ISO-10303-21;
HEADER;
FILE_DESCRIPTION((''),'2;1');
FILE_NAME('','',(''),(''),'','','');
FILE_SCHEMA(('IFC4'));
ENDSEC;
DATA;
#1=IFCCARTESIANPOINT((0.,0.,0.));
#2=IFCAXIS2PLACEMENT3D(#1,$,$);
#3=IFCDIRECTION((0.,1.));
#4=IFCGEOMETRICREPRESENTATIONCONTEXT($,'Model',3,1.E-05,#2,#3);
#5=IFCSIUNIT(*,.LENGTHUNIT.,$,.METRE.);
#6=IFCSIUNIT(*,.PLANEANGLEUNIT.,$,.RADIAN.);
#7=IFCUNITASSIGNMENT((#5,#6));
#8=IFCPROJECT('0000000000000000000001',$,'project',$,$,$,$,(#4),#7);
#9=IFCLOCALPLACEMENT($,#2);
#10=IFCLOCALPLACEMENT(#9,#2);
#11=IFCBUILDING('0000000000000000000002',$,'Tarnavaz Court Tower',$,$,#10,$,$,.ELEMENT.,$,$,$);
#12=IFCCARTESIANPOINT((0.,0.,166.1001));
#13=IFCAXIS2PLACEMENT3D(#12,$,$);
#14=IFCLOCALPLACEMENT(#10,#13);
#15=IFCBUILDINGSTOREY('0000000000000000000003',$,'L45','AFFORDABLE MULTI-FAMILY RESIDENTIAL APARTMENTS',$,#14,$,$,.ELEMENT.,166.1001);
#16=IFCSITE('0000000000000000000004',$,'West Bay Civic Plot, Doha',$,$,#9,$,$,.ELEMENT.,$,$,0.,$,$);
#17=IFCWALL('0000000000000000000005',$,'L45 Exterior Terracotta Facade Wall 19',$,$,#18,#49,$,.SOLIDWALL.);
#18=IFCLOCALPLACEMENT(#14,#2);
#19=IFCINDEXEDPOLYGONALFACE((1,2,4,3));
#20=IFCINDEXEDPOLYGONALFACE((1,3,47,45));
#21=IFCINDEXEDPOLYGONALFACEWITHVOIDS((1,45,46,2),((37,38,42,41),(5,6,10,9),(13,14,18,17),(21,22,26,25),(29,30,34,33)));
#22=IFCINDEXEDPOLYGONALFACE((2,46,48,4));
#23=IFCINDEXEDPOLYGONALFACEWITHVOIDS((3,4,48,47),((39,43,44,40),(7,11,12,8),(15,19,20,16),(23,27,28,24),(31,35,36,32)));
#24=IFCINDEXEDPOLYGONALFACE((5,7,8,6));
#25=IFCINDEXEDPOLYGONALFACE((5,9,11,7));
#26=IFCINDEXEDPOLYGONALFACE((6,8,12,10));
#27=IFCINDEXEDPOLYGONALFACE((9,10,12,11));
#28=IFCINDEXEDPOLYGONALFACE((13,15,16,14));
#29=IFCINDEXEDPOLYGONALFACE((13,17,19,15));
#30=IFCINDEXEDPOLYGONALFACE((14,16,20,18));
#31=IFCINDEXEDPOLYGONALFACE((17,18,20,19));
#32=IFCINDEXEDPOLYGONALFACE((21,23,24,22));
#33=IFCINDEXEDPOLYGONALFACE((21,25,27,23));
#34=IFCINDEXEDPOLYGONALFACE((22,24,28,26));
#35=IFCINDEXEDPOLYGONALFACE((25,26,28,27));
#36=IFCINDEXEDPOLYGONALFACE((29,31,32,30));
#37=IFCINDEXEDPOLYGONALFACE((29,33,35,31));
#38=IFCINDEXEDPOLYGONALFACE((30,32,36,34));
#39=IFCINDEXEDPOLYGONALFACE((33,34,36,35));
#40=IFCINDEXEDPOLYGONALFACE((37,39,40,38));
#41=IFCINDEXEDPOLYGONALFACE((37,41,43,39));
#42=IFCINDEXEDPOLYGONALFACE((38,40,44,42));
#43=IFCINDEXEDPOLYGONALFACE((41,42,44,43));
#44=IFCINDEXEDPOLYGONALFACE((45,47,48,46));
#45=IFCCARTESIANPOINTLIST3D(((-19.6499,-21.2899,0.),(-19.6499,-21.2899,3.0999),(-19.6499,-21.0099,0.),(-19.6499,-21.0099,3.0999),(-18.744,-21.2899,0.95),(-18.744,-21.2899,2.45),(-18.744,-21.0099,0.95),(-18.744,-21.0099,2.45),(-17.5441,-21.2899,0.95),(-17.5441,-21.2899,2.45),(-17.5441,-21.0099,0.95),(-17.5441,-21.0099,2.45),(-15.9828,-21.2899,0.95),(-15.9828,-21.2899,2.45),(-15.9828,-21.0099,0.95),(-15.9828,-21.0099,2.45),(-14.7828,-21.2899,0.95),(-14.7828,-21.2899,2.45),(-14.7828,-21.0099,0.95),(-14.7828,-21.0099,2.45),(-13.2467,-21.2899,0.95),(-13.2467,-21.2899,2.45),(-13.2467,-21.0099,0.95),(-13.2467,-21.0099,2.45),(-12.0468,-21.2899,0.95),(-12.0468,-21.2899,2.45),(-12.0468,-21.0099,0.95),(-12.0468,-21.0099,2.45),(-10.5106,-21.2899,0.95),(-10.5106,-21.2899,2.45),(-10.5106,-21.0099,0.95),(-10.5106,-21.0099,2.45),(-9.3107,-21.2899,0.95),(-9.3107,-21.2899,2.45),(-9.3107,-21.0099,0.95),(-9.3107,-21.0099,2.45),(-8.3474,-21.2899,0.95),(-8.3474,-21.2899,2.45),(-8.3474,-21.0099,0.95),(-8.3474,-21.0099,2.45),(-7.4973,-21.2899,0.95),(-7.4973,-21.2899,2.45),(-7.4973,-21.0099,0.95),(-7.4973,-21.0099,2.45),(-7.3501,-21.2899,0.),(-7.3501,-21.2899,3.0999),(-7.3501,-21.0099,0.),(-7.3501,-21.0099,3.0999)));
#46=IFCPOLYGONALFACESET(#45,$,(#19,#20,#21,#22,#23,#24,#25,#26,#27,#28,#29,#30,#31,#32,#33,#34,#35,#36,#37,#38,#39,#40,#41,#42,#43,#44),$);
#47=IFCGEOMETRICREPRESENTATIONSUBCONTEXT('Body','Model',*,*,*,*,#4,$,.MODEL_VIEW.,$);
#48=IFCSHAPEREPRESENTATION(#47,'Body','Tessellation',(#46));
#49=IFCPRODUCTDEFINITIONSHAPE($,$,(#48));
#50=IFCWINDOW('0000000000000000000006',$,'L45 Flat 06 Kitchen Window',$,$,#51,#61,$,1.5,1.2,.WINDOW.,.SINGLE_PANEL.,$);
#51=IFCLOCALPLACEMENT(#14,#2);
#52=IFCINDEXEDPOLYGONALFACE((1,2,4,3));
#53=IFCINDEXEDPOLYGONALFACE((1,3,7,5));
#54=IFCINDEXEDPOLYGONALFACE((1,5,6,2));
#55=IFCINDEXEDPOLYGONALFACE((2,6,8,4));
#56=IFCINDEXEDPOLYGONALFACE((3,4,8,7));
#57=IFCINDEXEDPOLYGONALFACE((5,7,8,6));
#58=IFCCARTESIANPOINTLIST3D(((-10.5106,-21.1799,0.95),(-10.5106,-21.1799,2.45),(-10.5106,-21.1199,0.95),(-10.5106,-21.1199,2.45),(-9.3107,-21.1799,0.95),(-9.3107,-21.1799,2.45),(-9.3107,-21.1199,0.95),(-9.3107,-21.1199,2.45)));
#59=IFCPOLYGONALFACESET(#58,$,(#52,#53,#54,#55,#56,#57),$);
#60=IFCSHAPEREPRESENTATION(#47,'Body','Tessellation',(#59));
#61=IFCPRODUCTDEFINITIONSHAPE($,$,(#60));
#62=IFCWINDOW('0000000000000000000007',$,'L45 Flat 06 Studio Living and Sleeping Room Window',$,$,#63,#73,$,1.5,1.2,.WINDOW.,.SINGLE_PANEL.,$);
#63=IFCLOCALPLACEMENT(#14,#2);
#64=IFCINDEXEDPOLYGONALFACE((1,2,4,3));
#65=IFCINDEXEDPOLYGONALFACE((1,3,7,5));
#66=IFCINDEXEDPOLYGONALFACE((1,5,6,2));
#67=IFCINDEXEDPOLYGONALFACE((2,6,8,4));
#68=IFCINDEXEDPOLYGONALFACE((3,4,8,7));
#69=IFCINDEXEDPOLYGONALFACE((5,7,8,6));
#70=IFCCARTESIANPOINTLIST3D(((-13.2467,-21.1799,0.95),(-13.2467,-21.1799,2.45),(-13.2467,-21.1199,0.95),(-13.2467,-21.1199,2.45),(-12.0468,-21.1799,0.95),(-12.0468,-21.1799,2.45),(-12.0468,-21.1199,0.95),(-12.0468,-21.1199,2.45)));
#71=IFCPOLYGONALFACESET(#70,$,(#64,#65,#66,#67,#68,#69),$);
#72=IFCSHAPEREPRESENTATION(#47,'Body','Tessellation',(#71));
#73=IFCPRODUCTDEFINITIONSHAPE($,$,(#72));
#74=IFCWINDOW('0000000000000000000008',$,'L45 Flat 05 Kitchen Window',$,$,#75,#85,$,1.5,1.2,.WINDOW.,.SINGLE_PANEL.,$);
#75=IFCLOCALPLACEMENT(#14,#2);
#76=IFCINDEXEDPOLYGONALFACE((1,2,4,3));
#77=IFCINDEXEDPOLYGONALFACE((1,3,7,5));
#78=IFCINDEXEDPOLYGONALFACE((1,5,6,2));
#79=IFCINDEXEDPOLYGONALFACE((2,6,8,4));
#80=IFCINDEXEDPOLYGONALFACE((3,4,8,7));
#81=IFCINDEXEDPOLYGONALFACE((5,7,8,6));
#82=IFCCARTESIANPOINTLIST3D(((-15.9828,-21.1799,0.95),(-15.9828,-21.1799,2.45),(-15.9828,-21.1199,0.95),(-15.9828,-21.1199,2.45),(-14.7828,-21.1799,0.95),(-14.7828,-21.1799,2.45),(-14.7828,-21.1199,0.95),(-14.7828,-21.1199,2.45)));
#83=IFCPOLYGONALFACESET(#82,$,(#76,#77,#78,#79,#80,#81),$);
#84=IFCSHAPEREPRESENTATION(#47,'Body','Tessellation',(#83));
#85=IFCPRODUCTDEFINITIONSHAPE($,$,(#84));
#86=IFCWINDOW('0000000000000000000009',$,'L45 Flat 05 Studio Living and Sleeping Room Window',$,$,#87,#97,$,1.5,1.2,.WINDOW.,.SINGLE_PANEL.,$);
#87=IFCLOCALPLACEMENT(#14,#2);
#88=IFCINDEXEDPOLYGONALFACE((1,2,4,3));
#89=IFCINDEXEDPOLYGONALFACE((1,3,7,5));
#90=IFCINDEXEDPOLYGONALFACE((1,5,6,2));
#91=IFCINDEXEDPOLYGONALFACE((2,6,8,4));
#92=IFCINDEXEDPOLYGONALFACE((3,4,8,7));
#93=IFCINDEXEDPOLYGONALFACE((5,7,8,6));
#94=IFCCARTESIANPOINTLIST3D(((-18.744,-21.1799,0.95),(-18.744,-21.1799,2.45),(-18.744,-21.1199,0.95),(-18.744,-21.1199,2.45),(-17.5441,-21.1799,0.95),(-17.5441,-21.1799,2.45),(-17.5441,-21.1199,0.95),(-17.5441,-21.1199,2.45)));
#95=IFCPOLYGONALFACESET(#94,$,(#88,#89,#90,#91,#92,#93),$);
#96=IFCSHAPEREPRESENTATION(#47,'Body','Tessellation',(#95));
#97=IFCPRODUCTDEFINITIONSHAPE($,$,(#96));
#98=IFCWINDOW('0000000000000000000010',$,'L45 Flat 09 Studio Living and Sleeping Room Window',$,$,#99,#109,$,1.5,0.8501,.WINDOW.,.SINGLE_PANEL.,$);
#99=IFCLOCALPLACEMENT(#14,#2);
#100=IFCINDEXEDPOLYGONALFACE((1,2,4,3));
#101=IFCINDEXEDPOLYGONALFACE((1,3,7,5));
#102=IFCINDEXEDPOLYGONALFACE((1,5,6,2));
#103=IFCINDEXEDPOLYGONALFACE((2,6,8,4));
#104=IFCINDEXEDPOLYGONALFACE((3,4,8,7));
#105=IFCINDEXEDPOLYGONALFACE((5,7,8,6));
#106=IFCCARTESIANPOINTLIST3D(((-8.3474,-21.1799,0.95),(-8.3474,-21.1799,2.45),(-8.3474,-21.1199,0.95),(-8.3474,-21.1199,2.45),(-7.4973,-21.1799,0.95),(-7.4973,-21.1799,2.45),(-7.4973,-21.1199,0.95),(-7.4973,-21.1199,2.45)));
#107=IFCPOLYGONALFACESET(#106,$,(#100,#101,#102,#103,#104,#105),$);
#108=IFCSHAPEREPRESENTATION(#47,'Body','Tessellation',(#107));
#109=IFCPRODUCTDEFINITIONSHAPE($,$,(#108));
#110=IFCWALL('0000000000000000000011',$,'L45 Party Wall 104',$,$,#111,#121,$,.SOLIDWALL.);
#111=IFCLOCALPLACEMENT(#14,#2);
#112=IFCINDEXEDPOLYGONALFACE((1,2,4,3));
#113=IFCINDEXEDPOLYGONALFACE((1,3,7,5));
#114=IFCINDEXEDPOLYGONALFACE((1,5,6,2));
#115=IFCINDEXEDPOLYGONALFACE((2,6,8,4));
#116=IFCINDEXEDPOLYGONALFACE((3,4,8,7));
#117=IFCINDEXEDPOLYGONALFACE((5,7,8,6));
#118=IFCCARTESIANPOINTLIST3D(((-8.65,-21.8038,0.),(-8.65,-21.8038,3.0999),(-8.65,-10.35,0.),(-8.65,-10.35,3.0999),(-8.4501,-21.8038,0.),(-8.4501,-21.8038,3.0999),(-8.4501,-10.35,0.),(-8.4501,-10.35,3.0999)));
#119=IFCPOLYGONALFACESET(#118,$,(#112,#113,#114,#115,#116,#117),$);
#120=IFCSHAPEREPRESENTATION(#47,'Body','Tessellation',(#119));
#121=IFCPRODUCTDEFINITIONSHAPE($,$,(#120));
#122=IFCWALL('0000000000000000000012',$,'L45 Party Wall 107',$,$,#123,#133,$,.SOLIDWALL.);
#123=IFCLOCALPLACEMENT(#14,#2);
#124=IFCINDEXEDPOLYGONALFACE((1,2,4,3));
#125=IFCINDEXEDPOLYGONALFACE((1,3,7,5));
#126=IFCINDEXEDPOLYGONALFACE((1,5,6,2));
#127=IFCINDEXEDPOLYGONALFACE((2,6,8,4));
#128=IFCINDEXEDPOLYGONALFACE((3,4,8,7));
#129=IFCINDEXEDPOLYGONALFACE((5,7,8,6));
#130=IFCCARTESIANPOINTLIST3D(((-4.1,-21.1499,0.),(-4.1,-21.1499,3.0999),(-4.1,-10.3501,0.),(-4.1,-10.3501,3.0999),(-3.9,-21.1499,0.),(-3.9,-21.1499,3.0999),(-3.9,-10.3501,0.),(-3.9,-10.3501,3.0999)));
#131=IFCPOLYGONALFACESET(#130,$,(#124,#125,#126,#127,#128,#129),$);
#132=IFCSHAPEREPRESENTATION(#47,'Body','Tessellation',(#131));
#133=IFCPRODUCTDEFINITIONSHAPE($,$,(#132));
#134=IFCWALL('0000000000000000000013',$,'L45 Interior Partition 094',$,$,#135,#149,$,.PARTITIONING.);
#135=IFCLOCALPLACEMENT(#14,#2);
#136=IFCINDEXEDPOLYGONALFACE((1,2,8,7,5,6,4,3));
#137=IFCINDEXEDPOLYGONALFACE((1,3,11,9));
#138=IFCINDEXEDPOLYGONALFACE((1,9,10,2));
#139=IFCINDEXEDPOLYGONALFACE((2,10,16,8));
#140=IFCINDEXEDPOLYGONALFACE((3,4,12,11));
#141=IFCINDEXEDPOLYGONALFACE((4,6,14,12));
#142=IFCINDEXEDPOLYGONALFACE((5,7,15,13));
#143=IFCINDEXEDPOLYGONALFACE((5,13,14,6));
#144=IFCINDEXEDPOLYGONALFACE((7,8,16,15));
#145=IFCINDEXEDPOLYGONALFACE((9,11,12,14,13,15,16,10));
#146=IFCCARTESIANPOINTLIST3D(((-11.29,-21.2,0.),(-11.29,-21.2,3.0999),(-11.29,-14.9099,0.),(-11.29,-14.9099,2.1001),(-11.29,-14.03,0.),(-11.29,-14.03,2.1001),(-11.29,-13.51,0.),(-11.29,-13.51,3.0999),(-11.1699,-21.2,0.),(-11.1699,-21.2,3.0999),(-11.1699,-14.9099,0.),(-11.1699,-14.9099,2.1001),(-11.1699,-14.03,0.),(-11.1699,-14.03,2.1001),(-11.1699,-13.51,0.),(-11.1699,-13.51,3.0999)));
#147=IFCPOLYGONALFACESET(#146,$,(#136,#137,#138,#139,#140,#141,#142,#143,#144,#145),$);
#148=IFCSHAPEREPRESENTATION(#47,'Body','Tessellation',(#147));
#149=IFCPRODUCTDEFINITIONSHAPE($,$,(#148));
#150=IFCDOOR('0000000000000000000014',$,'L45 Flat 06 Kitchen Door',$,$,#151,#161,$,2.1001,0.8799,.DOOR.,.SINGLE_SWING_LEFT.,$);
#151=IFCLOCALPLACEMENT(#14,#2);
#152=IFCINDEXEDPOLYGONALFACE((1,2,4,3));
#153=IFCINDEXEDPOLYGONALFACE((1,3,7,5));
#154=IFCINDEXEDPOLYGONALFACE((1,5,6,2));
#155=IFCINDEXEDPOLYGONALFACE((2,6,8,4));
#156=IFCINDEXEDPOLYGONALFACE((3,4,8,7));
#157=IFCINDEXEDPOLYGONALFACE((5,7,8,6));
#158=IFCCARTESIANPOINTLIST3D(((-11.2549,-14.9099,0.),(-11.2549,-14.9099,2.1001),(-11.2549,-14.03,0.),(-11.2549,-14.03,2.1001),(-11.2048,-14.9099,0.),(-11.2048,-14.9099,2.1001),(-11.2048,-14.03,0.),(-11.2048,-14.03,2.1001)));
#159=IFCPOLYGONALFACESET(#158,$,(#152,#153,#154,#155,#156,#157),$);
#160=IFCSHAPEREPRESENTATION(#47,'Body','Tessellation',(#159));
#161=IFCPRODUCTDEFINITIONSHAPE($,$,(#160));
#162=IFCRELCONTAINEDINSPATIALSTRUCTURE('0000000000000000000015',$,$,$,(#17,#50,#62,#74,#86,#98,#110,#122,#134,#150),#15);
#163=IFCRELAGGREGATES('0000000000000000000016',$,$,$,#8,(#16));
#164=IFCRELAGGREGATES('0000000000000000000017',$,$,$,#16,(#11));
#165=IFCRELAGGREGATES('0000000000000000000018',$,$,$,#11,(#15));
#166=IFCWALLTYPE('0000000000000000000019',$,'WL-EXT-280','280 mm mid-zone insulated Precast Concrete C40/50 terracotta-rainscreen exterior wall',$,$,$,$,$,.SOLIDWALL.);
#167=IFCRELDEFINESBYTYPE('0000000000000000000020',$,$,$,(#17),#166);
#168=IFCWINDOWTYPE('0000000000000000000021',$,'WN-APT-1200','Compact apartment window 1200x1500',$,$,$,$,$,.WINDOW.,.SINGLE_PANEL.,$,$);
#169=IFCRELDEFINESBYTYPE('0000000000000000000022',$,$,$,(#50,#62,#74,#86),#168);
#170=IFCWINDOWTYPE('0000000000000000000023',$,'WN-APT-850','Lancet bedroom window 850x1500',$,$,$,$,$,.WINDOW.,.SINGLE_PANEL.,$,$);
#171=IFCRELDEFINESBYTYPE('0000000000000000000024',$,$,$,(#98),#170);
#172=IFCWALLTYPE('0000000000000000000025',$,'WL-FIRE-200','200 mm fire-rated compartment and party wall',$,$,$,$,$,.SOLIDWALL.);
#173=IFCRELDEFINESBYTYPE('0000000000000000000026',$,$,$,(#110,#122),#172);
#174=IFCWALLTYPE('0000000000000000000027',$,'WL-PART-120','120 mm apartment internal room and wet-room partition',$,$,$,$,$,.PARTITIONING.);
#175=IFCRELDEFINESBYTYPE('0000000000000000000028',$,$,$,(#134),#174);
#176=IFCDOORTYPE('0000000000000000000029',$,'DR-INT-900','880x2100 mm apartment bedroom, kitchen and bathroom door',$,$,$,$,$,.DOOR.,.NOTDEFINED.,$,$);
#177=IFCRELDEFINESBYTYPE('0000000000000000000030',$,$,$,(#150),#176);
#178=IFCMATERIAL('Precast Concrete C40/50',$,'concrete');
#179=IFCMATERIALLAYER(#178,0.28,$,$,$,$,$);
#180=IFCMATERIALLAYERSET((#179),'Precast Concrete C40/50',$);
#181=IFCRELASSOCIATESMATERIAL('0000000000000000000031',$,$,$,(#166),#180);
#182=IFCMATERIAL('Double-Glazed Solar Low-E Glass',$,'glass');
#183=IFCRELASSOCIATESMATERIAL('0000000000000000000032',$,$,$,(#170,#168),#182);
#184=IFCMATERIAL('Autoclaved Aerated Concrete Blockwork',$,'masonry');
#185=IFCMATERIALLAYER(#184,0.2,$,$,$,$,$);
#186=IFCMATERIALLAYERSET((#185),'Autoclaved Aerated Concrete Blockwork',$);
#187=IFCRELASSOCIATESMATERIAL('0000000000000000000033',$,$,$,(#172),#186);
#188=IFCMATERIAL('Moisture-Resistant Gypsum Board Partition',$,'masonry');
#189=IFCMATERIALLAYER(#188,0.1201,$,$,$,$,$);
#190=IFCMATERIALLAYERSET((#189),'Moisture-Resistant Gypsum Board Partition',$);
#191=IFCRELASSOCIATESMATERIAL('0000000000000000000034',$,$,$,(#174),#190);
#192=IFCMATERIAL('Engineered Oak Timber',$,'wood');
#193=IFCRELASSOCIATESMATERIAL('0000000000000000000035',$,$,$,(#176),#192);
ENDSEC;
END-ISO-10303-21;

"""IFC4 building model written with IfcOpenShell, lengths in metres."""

from ifc_helpers import new_model, si_unit, direction, frame, frame_2d, origin, place, context, subcontext, project, spatial, rectangle, extrude, material, layer, layer_set, type_object, element, fill, save


model = new_model("IFC4")

# Units and contexts
model_context = context("Model", 3, precision=1e-05, world=origin(), true_north=direction((0.0, 1.0)))
body_context = subcontext(model_context, "Body", "Model", "MODEL_VIEW")
ifc_project = project(units=[si_unit("LENGTHUNIT", "METRE"), si_unit("PLANEANGLEUNIT", "RADIAN")], contexts=[model_context])

# Site, building, storey
site_placement = place(None, origin())
site = spatial("IfcSite", under=ifc_project, at=site_placement, Name="West Bay Civic Plot, Doha", CompositionType="ELEMENT", RefElevation=0.0)
building_placement = place(site_placement, origin())
building = spatial("IfcBuilding", under=site, at=building_placement, Name="Tarnavaz Court Tower", CompositionType="ELEMENT")
storey_placement = place(building_placement, frame((0.0, 0.0, 166.1001)))
storey = spatial("IfcBuildingStorey", under=building, at=storey_placement, Name="L45", Description="AFFORDABLE MULTI-FAMILY RESIDENTIAL APARTMENTS", CompositionType="ELEMENT", Elevation=166.1001)

# Shared definitions
ifc_material_1 = material(Name="Double-Glazed Solar Low-E Glass", Category="glass")

# Shared definitions
ifc_material_2 = material(Name="Precast Concrete C40/50", Category="concrete")
ifc_layer_1 = layer(ifc_material_2, 0.28)
ifc_layer_set_1 = layer_set([ifc_layer_1], Name="Precast Concrete C40/50")
wall_type_1 = type_object("IfcWallType", Name="WL-EXT-280", Description="280 mm mid-zone insulated Precast Concrete C40/50 terracotta-rainscreen exterior wall", PredefinedType="SOLIDWALL", material=ifc_layer_set_1)
window_type_1 = type_object("IfcWindowType", Name="WN-APT-850", Description="Lancet bedroom window 850x1500", PartitioningType="SINGLE_PANEL", PredefinedType="WINDOW", material=ifc_material_1)

# Wall, openings, windows
wall_1_placement = place(storey_placement, frame((-7.3501, -21.1499, 0.0), z_axis=(0.0, 0.0, 1.0), x_axis=(-1.0, 0.0, 0.0)))
wall_1 = element("IfcWall", 1, at=wall_1_placement, inside=storey, type_object=wall_type_1, Name="L45 Exterior Terracotta Facade Wall 19", PredefinedType="SOLIDWALL", context=body_context, shape_type="SweptSolid", body=[
    extrude(rectangle(XDim=12.2998, YDim=0.28, at=frame_2d((6.1499, 0.0))), origin(), (0.0, 0.0, 1.0), 3.0999),
])
opening_1_placement = place(wall_1_placement, frame((0.1472, 0.0, 0.95)))
opening_1 = element("IfcOpeningElement", 2, at=opening_1_placement, cuts=wall_1, PredefinedType="OPENING", context=body_context, shape_type="SweptSolid", body=[
    extrude(rectangle(XDim=0.8501, YDim=1.5, at=frame_2d((0.425, 0.75))), frame((0.0, 0.1499, 0.0), z_axis=(0.0, -1.0, 0.0), x_axis=(1.0, 0.0, 0.0)), (0.0, 0.0, 1.0), 0.3),
])
opening_2_placement = place(wall_1_placement, frame((1.9604, 0.0, 0.95)))
opening_2 = element("IfcOpeningElement", 3, at=opening_2_placement, cuts=wall_1, PredefinedType="OPENING", context=body_context, shape_type="SweptSolid", body=[
    extrude(rectangle(XDim=1.2, YDim=1.5, at=frame_2d((0.6001, 0.75))), frame((0.0, 0.1499, 0.0), z_axis=(0.0, -1.0, 0.0), x_axis=(1.0, 0.0, 0.0)), (0.0, 0.0, 1.0), 0.3),
])
opening_3_placement = place(wall_1_placement, frame((4.6965, 0.0, 0.95)))
opening_3 = element("IfcOpeningElement", 4, at=opening_3_placement, cuts=wall_1, PredefinedType="OPENING", context=body_context, shape_type="SweptSolid", body=[
    extrude(rectangle(XDim=1.2, YDim=1.5, at=frame_2d((0.6001, 0.75))), frame((0.0, 0.1499, 0.0), z_axis=(0.0, -1.0, 0.0), x_axis=(1.0, 0.0, 0.0)), (0.0, 0.0, 1.0), 0.3),
])
opening_4_placement = place(wall_1_placement, frame((7.4326, 0.0, 0.95)))
opening_4 = element("IfcOpeningElement", 5, at=opening_4_placement, cuts=wall_1, PredefinedType="OPENING", context=body_context, shape_type="SweptSolid", body=[
    extrude(rectangle(XDim=1.2, YDim=1.5, at=frame_2d((0.6001, 0.75))), frame((0.0, 0.1499, 0.0), z_axis=(0.0, -1.0, 0.0), x_axis=(1.0, 0.0, 0.0)), (0.0, 0.0, 1.0), 0.3),
])
opening_5_placement = place(wall_1_placement, frame((10.1938, 0.0, 0.95)))
opening_5 = element("IfcOpeningElement", 6, at=opening_5_placement, cuts=wall_1, PredefinedType="OPENING", context=body_context, shape_type="SweptSolid", body=[
    extrude(rectangle(XDim=1.2, YDim=1.5, at=frame_2d((0.6001, 0.75))), frame((0.0, 0.1499, 0.0), z_axis=(0.0, -1.0, 0.0), x_axis=(1.0, 0.0, 0.0)), (0.0, 0.0, 1.0), 0.3),
])
window_type_2 = type_object("IfcWindowType", Name="WN-APT-1200", Description="Compact apartment window 1200x1500", PartitioningType="SINGLE_PANEL", PredefinedType="WINDOW", material=ifc_material_1)
window_1_placement = place(opening_2_placement, origin())
window_1 = element("IfcWindow", 7, at=window_1_placement, inside=storey, type_object=window_type_2, Name="L45 Flat 06 Kitchen Window", OverallHeight=1.5, OverallWidth=1.2, PartitioningType="SINGLE_PANEL", PredefinedType="WINDOW", context=body_context, shape_type="SweptSolid", body=[
    extrude(rectangle(XDim=1.2, YDim=1.5, at=frame_2d((0.6001, 0.75))), frame((0.0, 0.03, 0.0), z_axis=(0.0, -1.0, 0.0), x_axis=(1.0, 0.0, 0.0)), (0.0, 0.0, 1.0), 0.0601),
])
fill(opening_2, window_1)
window_2_placement = place(opening_3_placement, origin())
window_2 = element("IfcWindow", 8, at=window_2_placement, inside=storey, type_object=window_type_2, Name="L45 Flat 06 Studio Living and Sleeping Room Window", OverallHeight=1.5, OverallWidth=1.2, PartitioningType="SINGLE_PANEL", PredefinedType="WINDOW", context=body_context, shape_type="SweptSolid", body=[
    extrude(rectangle(XDim=1.2, YDim=1.5, at=frame_2d((0.6001, 0.75))), frame((0.0, 0.03, 0.0), z_axis=(0.0, -1.0, 0.0), x_axis=(1.0, 0.0, 0.0)), (0.0, 0.0, 1.0), 0.0601),
])
fill(opening_3, window_2)
window_3_placement = place(opening_4_placement, origin())
window_3 = element("IfcWindow", 9, at=window_3_placement, inside=storey, type_object=window_type_2, Name="L45 Flat 05 Kitchen Window", OverallHeight=1.5, OverallWidth=1.2, PartitioningType="SINGLE_PANEL", PredefinedType="WINDOW", context=body_context, shape_type="SweptSolid", body=[
    extrude(rectangle(XDim=1.2, YDim=1.5, at=frame_2d((0.6001, 0.75))), frame((0.0, 0.03, 0.0), z_axis=(0.0, -1.0, 0.0), x_axis=(1.0, 0.0, 0.0)), (0.0, 0.0, 1.0), 0.0601),
])
fill(opening_4, window_3)
window_4_placement = place(opening_5_placement, origin())
window_4 = element("IfcWindow", 10, at=window_4_placement, inside=storey, type_object=window_type_2, Name="L45 Flat 05 Studio Living and Sleeping Room Window", OverallHeight=1.5, OverallWidth=1.2, PartitioningType="SINGLE_PANEL", PredefinedType="WINDOW", context=body_context, shape_type="SweptSolid", body=[
    extrude(rectangle(XDim=1.2, YDim=1.5, at=frame_2d((0.6001, 0.75))), frame((0.0, 0.03, 0.0), z_axis=(0.0, -1.0, 0.0), x_axis=(1.0, 0.0, 0.0)), (0.0, 0.0, 1.0), 0.0601),
])
fill(opening_5, window_4)
window_5_placement = place(opening_1_placement, origin())
window_5 = element("IfcWindow", 11, at=window_5_placement, inside=storey, type_object=window_type_1, Name="L45 Flat 09 Studio Living and Sleeping Room Window", OverallHeight=1.5, OverallWidth=0.8501, PartitioningType="SINGLE_PANEL", PredefinedType="WINDOW", context=body_context, shape_type="SweptSolid", body=[
    extrude(rectangle(XDim=0.8501, YDim=1.5, at=frame_2d((0.425, 0.75))), frame((0.0, 0.03, 0.0), z_axis=(0.0, -1.0, 0.0), x_axis=(1.0, 0.0, 0.0)), (0.0, 0.0, 1.0), 0.0601),
])
fill(opening_1, window_5)

# Walls
ifc_material_3 = material(Name="Autoclaved Aerated Concrete Blockwork", Category="masonry")
ifc_layer_2 = layer(ifc_material_3, 0.2)
ifc_layer_set_2 = layer_set([ifc_layer_2], Name="Autoclaved Aerated Concrete Blockwork")
wall_type_2 = type_object("IfcWallType", Name="WL-FIRE-200", Description="200 mm fire-rated compartment and party wall", PredefinedType="SOLIDWALL", material=ifc_layer_set_2)
wall_2_placement = place(storey_placement, frame((-8.55, -21.804, 0.0), z_axis=(0.0, 0.0, 1.0), x_axis=(0.0, 1.0, 0.0)))
element("IfcWall", 12, at=wall_2_placement, inside=storey, type_object=wall_type_2, Name="L45 Party Wall 104", PredefinedType="SOLIDWALL", context=body_context, shape_type="SweptSolid", body=[
    extrude(rectangle(XDim=11.4539, YDim=0.2, at=frame_2d((5.7271, 0.0))), origin(), (0.0, 0.0, 1.0), 3.0999),
])
wall_3_placement = place(storey_placement, frame((-4.0, -21.1499, 0.0), z_axis=(0.0, 0.0, 1.0), x_axis=(0.0, 1.0, 0.0)))
element("IfcWall", 13, at=wall_3_placement, inside=storey, type_object=wall_type_2, Name="L45 Party Wall 107", PredefinedType="SOLIDWALL", context=body_context, shape_type="SweptSolid", body=[
    extrude(rectangle(XDim=10.7998, YDim=0.2, at=frame_2d((5.3999, 0.0))), origin(), (0.0, 0.0, 1.0), 3.0999),
])

# Wall, opening, door
ifc_material_4 = material(Name="Moisture-Resistant Gypsum Board Partition", Category="masonry")
ifc_layer_3 = layer(ifc_material_4, 0.1201)
ifc_layer_set_3 = layer_set([ifc_layer_3], Name="Moisture-Resistant Gypsum Board Partition")
wall_type_3 = type_object("IfcWallType", Name="WL-PART-120", Description="120 mm apartment internal room and wet-room partition", PredefinedType="PARTITIONING", material=ifc_layer_set_3)
wall_4_placement = place(storey_placement, frame((-11.23, -21.2, 0.0), z_axis=(0.0, 0.0, 1.0), x_axis=(0.0, 1.0, 0.0)))
wall_4 = element("IfcWall", 14, at=wall_4_placement, inside=storey, type_object=wall_type_3, Name="L45 Interior Partition 094", PredefinedType="PARTITIONING", context=body_context, shape_type="SweptSolid", body=[
    extrude(rectangle(XDim=7.6899, YDim=0.1201, at=frame_2d((3.845, 0.0))), origin(), (0.0, 0.0, 1.0), 3.0999),
])
opening_6_placement = place(wall_4_placement, frame((6.29, 0.0, 0.0)))
opening_6 = element("IfcOpeningElement", 15, at=opening_6_placement, cuts=wall_4, PredefinedType="OPENING", context=body_context, shape_type="SweptSolid", body=[
    extrude(rectangle(XDim=0.8799, YDim=2.1001, at=frame_2d((0.4399, 1.05))), frame((0.0, 0.0701, 0.0), z_axis=(0.0, -1.0, 0.0), x_axis=(1.0, 0.0, 0.0)), (0.0, 0.0, 1.0), 0.1401),
])
ifc_material_5 = material(Name="Engineered Oak Timber", Category="wood")
door_type = type_object("IfcDoorType", Name="DR-INT-900", Description="880x2100 mm apartment bedroom, kitchen and bathroom door", OperationType="NOTDEFINED", PredefinedType="DOOR", material=ifc_material_5)
door_1_placement = place(opening_6_placement, origin())
door_1 = element("IfcDoor", 16, at=door_1_placement, inside=storey, type_object=door_type, Name="L45 Flat 06 Kitchen Door", OperationType="SINGLE_SWING_LEFT", OverallHeight=2.1001, OverallWidth=0.8799, PredefinedType="DOOR", context=body_context, shape_type="SweptSolid", body=[
    extrude(rectangle(XDim=0.8799, YDim=2.1001, at=frame_2d((0.4399, 1.05))), frame((0.0, 0.0249, 0.0), z_axis=(0.0, -1.0, 0.0), x_axis=(1.0, 0.0, 0.0)), (0.0, 0.0, 1.0), 0.05),
])
fill(opening_6, door_1)

save(model, "model.ifc")
